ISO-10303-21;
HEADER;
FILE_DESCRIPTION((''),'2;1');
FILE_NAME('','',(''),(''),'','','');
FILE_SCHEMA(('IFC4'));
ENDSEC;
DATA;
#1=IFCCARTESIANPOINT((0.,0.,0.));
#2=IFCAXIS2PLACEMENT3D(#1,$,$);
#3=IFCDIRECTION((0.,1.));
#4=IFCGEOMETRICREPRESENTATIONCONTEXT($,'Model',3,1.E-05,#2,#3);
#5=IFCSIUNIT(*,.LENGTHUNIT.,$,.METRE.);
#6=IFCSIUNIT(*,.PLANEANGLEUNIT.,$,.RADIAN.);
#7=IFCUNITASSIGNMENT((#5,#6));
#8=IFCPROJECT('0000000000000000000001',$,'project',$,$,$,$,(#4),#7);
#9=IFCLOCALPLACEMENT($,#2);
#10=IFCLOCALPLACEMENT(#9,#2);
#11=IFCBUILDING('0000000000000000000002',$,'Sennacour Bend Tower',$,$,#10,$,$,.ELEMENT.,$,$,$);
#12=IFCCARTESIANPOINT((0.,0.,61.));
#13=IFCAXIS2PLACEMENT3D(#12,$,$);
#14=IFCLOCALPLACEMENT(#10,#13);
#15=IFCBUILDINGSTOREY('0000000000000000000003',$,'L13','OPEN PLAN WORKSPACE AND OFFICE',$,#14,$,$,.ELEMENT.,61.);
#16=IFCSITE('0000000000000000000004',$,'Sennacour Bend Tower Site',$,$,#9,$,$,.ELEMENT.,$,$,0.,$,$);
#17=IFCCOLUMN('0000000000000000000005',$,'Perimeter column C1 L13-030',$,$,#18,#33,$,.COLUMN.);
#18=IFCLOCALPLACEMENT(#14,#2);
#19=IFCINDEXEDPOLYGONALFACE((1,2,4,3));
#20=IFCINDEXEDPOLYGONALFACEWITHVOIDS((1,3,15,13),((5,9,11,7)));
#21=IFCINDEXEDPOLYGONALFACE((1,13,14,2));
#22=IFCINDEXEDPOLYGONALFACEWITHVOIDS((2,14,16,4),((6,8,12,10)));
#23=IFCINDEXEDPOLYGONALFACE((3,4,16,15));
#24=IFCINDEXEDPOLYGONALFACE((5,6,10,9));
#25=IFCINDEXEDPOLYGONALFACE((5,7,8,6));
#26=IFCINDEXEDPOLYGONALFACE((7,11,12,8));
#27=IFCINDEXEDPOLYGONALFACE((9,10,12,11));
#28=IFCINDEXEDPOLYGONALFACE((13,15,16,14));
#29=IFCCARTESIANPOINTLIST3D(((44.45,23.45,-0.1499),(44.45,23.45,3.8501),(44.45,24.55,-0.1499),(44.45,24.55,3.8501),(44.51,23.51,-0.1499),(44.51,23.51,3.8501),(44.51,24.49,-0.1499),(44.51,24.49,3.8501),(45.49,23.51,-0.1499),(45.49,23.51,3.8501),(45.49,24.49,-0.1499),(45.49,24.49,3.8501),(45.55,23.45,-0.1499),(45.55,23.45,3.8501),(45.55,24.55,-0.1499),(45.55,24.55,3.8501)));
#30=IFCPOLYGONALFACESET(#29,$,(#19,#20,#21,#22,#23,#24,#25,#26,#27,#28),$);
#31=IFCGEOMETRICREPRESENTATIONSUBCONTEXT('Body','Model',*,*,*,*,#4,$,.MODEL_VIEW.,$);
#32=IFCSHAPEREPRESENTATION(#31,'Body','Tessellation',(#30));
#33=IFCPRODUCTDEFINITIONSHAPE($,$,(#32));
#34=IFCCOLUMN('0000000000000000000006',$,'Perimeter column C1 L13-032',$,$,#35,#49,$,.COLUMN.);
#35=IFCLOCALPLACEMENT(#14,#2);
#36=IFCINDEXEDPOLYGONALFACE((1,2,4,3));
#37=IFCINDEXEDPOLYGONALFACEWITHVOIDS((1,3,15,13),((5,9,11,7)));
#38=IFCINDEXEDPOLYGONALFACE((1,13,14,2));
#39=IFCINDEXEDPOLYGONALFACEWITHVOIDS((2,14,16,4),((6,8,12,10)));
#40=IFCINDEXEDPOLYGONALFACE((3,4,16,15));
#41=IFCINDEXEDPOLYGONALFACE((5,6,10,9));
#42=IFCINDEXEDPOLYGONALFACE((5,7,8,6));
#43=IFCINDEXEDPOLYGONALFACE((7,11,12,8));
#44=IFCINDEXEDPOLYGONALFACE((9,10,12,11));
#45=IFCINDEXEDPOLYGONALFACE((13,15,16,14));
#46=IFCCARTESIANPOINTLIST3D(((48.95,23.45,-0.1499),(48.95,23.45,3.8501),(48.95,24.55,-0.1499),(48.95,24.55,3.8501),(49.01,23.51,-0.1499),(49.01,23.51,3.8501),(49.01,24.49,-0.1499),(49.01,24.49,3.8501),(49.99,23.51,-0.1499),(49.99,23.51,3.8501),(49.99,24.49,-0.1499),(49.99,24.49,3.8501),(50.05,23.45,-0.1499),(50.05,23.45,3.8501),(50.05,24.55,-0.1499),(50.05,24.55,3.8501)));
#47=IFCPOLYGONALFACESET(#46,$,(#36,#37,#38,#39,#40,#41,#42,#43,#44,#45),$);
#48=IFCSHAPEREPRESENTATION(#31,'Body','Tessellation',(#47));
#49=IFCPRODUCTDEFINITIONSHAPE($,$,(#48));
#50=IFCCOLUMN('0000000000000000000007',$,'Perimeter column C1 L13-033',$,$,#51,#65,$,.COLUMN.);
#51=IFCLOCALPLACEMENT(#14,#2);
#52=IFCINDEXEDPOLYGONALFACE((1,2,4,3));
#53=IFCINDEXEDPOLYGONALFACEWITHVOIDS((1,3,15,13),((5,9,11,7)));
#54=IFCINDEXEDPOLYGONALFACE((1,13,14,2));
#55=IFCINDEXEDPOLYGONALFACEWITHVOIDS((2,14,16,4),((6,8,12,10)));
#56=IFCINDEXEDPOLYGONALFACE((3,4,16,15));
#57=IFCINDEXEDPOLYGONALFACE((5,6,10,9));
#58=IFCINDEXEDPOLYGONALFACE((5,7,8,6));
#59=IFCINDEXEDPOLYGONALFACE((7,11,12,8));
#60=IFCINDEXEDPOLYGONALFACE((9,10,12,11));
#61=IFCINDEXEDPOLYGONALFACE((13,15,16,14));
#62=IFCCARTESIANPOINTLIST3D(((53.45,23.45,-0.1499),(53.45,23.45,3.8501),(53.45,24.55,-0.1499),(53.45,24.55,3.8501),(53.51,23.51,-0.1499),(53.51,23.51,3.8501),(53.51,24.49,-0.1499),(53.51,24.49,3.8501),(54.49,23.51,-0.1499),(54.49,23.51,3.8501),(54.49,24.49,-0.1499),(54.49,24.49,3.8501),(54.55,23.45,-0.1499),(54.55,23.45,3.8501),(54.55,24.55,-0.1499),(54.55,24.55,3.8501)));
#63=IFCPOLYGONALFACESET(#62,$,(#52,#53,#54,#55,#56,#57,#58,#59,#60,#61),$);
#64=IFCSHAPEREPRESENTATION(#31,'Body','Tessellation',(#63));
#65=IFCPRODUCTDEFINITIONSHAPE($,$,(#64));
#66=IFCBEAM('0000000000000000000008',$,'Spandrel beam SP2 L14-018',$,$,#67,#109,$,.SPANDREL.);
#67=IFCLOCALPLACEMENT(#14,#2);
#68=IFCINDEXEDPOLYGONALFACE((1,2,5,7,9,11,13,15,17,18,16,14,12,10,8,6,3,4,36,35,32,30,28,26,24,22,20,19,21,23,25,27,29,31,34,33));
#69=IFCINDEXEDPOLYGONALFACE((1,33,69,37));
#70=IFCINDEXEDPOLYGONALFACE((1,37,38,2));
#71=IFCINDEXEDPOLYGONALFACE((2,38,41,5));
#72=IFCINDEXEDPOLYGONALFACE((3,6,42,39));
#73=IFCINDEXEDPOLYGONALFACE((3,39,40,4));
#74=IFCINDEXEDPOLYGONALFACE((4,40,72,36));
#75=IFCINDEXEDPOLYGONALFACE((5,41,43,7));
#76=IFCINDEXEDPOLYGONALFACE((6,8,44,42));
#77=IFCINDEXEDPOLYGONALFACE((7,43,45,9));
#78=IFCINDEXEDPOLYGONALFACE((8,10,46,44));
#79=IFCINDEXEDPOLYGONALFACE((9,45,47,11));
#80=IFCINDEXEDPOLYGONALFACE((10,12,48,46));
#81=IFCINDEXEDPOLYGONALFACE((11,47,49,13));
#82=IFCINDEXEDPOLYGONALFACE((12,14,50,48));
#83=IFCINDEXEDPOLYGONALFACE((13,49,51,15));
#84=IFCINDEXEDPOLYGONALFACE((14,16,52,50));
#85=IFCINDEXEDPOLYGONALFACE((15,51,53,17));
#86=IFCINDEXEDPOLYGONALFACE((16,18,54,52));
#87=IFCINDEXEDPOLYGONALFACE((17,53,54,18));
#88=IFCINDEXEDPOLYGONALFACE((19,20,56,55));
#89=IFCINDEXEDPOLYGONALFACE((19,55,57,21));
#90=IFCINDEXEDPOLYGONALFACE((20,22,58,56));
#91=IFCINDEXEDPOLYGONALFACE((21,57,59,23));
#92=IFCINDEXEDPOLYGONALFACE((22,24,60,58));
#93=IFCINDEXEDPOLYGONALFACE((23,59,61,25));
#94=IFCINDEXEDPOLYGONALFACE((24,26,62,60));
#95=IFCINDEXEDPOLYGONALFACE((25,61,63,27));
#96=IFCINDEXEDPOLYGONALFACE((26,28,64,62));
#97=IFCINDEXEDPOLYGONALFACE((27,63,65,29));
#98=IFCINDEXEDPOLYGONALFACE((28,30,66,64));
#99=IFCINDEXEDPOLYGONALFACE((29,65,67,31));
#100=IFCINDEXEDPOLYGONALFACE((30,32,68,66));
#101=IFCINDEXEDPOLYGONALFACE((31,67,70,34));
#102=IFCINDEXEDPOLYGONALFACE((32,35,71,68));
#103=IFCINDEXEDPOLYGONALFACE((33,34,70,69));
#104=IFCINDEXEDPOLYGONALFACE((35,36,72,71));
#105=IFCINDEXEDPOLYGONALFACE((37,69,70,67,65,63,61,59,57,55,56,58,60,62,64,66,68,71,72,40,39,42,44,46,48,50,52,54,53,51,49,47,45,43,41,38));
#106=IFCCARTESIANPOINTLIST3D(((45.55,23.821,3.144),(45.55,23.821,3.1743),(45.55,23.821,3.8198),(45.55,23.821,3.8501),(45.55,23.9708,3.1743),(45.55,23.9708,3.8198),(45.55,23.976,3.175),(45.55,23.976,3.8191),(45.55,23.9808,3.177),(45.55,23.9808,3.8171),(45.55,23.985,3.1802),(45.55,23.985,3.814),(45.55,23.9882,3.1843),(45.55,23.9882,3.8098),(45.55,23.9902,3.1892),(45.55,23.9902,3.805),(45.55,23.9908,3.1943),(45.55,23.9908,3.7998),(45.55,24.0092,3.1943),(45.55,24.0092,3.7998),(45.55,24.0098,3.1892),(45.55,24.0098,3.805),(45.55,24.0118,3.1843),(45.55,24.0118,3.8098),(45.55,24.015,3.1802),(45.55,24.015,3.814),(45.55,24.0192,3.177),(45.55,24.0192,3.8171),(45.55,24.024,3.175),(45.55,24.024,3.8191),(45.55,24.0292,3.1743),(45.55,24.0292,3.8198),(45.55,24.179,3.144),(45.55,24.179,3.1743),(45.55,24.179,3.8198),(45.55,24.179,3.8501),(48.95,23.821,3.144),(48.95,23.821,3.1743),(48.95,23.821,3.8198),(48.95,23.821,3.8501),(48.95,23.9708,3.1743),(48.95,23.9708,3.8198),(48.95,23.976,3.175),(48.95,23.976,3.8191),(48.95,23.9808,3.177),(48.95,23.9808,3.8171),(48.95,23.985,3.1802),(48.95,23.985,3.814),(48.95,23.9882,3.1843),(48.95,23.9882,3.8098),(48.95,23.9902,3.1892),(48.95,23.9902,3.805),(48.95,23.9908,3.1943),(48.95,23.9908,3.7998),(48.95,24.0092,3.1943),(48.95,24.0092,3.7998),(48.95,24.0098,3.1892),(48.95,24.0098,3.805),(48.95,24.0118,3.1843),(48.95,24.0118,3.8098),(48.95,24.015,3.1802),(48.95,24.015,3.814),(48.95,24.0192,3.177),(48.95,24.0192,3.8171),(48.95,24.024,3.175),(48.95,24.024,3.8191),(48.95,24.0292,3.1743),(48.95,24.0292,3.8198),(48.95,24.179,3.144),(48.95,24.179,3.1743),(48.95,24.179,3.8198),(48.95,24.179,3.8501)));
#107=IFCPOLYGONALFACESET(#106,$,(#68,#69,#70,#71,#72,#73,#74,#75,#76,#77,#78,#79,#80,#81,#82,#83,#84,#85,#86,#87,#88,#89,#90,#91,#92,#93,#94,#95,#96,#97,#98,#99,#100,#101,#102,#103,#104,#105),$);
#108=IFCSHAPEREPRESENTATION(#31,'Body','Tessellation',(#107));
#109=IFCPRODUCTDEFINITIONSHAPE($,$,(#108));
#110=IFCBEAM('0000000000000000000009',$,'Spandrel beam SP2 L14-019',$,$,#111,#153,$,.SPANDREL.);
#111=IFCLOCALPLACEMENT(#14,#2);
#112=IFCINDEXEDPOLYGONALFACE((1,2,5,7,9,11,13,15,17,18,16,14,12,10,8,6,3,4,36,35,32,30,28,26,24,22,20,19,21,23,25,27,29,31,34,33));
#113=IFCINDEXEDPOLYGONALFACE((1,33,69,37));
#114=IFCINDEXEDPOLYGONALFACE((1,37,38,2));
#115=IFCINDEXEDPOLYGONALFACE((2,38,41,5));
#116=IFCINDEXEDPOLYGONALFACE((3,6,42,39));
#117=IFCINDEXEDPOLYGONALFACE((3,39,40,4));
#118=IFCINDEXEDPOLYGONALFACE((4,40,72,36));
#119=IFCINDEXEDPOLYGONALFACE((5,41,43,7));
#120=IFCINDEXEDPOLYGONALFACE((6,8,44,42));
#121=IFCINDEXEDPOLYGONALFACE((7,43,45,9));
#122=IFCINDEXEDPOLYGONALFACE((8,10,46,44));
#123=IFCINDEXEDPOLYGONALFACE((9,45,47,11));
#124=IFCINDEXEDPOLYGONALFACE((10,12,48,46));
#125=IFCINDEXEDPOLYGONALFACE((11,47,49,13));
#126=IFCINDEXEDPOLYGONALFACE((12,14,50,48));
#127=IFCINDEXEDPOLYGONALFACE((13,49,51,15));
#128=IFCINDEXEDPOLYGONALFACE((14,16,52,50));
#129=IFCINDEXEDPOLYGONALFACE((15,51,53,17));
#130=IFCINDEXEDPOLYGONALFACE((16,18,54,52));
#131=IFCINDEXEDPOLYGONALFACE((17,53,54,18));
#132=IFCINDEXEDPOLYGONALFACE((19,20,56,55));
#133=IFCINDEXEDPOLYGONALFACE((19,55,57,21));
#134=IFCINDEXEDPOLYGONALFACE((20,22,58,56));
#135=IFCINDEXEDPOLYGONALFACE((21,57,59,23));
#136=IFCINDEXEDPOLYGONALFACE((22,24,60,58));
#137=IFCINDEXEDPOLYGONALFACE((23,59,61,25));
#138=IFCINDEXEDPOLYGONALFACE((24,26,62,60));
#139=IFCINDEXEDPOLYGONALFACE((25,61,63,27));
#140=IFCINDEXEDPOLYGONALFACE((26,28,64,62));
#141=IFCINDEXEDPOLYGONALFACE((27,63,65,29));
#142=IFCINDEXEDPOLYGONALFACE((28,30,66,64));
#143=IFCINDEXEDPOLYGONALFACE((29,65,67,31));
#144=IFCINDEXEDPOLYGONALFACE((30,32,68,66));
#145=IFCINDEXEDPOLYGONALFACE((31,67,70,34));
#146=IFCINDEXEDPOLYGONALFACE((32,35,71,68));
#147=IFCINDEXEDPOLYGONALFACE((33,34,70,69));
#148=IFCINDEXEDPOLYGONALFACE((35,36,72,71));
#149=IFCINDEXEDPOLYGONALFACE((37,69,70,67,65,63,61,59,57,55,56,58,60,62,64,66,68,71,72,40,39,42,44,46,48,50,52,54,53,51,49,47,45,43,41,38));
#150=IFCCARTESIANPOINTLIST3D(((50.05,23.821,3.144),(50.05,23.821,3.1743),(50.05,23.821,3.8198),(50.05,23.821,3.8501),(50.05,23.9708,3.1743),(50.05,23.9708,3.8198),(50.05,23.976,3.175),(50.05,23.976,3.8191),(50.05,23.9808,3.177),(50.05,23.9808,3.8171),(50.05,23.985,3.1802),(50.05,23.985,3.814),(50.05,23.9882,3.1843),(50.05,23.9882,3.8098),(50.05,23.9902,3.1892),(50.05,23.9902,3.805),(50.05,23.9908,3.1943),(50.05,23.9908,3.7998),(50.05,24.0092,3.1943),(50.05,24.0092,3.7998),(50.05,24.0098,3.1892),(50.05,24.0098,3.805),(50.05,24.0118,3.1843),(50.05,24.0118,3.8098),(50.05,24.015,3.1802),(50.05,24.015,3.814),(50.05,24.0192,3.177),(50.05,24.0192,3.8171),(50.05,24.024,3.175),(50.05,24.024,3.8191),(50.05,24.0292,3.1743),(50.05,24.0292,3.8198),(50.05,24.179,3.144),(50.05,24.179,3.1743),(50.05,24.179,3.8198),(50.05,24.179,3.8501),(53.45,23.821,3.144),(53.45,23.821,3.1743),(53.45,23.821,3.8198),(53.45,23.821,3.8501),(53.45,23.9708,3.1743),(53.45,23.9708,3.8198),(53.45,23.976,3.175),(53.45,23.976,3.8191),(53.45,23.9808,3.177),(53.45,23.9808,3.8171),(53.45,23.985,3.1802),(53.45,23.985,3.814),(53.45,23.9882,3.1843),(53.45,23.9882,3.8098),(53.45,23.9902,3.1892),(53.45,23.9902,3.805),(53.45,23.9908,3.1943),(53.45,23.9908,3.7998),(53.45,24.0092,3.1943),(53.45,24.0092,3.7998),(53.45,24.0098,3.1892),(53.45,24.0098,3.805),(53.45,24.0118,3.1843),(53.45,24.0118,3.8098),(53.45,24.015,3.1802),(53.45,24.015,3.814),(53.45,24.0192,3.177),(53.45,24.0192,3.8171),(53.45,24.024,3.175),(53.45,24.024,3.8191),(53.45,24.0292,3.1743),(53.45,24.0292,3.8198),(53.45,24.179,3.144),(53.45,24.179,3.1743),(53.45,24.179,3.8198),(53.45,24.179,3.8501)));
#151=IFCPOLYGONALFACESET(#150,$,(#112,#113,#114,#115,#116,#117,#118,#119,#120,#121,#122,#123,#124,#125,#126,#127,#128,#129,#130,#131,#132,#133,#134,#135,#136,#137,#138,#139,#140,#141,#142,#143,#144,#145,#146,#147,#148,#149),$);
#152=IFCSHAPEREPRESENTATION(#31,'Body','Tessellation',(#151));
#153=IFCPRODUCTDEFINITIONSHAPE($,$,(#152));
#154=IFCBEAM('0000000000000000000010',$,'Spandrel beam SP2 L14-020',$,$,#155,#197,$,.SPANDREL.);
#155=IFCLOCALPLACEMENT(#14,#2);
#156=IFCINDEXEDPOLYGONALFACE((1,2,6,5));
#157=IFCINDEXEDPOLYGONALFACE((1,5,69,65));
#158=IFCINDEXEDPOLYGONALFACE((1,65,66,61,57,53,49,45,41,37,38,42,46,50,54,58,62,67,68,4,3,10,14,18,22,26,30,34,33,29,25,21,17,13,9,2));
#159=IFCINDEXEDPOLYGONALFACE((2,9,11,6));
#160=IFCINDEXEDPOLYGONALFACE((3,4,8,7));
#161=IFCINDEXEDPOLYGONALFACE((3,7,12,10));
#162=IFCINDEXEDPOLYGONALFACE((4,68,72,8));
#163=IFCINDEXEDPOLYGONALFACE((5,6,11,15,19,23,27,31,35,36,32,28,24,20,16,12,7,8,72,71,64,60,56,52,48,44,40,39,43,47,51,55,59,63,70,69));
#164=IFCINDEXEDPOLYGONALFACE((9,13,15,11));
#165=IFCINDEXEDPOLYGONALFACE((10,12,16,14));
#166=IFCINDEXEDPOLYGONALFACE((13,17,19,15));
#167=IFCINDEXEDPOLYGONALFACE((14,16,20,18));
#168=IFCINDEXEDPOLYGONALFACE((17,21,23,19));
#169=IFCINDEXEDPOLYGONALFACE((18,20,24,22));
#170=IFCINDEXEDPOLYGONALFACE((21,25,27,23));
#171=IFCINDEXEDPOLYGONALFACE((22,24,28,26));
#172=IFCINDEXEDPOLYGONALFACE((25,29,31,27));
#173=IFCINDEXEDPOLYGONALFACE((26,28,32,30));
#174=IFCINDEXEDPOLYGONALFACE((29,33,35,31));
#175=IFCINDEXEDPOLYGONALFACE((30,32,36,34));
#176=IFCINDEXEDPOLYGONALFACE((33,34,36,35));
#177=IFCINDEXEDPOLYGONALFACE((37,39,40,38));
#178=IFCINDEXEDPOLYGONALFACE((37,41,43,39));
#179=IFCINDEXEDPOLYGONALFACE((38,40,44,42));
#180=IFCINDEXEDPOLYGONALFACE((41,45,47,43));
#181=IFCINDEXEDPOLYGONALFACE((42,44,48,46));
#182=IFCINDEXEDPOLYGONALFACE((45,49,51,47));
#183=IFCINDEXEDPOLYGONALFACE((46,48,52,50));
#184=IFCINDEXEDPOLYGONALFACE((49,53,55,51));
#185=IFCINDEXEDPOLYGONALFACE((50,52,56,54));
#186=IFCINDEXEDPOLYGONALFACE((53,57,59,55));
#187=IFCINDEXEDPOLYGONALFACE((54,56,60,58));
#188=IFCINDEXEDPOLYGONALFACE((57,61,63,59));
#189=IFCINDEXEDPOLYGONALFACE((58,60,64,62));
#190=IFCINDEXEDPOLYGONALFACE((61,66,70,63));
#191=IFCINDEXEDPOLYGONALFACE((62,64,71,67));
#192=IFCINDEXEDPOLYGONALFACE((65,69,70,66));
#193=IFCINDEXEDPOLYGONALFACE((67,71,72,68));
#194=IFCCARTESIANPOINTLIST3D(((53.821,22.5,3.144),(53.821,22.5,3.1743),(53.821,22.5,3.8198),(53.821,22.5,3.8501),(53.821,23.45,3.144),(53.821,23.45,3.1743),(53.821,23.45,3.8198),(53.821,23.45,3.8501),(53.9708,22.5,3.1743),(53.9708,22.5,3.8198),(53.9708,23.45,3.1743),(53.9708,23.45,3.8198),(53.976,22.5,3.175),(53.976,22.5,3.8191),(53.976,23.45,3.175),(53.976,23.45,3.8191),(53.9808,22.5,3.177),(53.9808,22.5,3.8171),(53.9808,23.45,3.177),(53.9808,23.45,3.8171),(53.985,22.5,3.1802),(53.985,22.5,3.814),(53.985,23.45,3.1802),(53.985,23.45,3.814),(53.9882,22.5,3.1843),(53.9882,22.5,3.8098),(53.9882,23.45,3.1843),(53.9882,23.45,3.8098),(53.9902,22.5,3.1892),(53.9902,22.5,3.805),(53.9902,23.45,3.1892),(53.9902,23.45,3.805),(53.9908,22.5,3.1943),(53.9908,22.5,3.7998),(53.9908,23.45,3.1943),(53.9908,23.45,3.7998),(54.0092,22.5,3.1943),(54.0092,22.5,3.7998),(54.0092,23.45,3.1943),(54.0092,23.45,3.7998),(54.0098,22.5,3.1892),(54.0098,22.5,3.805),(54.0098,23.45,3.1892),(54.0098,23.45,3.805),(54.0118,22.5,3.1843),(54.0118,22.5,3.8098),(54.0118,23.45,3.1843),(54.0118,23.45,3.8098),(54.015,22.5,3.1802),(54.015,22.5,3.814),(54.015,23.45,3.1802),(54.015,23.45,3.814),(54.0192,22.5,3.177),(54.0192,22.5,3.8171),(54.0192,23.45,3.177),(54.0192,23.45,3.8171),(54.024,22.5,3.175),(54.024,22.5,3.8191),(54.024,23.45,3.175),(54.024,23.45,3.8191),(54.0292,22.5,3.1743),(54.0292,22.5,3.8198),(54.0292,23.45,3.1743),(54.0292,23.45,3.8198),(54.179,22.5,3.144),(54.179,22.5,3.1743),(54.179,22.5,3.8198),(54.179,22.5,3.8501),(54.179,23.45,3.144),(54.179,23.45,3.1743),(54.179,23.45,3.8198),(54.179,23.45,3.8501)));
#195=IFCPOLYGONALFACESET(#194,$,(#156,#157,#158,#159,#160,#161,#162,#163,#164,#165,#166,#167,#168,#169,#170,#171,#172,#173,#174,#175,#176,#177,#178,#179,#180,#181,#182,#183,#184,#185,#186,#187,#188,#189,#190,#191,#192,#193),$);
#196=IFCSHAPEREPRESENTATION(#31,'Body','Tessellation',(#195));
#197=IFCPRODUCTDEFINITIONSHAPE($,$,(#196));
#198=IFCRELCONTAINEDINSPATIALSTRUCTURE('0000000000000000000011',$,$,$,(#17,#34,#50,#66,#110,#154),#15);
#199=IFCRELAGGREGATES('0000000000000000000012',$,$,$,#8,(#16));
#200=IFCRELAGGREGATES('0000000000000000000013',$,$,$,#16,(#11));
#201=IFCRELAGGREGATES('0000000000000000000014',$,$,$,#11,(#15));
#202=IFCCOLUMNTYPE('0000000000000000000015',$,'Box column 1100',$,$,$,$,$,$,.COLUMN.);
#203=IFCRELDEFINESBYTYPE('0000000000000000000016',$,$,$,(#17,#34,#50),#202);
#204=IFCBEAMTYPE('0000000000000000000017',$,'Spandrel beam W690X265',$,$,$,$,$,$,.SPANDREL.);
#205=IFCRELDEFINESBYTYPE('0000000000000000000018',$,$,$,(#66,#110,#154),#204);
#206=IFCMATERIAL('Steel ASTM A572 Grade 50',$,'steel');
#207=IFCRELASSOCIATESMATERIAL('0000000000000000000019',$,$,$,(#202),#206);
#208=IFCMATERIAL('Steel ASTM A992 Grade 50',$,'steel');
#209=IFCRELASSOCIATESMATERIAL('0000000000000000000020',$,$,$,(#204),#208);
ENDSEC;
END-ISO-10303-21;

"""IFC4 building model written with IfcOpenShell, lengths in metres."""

from ifc_helpers import new_model, si_unit, direction, frame, origin, origin_2d, place, context, subcontext, project, spatial, hollow_rectangle, i_section, extrude, material, material_profile, profile_set, type_object, element, save


model = new_model("IFC4")

# Units and contexts
model_context = context("Model", 3, precision=1e-05, world=origin(), true_north=direction((0.0, 1.0)))
body_context = subcontext(model_context, "Body", "Model", "MODEL_VIEW")
ifc_project = project(units=[si_unit("LENGTHUNIT", "METRE"), si_unit("PLANEANGLEUNIT", "RADIAN")], contexts=[model_context])

# Site, building, storey
site_placement = place(None, origin())
site = spatial("IfcSite", under=ifc_project, at=site_placement, Name="Sennacour Bend Tower Site", CompositionType="ELEMENT", RefElevation=0.0)
building_placement = place(site_placement, origin())
building = spatial("IfcBuilding", under=site, at=building_placement, Name="Sennacour Bend Tower", CompositionType="ELEMENT")
storey_placement = place(building_placement, frame((0.0, 0.0, 61.0)))
storey = spatial("IfcBuildingStorey", under=building, at=storey_placement, Name="L13", Description="OPEN PLAN WORKSPACE AND OFFICE", CompositionType="ELEMENT", Elevation=61.0)

# Columns
ifc_material_1 = material(Name="Steel ASTM A572 Grade 50", Category="steel")
ifc_material_profile_1 = material_profile(ifc_material_1, hollow_rectangle(XDim=1.1001, YDim=1.1001, WallThickness=0.0601, at=origin_2d()), Name="Steel ASTM A572 Grade 50", Category="steel")
ifc_profile_set_1 = profile_set([ifc_material_profile_1], Name="Steel ASTM A572 Grade 50")
column_type = type_object("IfcColumnType", Name="Box column 1100", PredefinedType="COLUMN", material=ifc_profile_set_1)
for number, where, z_axis, x_axis, name in (
    (1, (45.0, 24.0, -0.1499), (0.0, 0.0, 1.0), (1.0, 0.0, 0.0), "Perimeter column C1 L13-030"),
    (2, (49.5, 24.0, -0.1499), (0.0, 0.0, 1.0), (1.0, 0.0, 0.0), "Perimeter column C1 L13-032"),
    (3, (54.0, 24.0, -0.1499), (0.0, 0.0, 1.0), (1.0, 0.0, 0.0), "Perimeter column C1 L13-033"),
):
    element("IfcColumn", number, at=place(storey_placement, frame(where, z_axis=z_axis, x_axis=x_axis)), inside=storey, type_object=column_type, Name=name, PredefinedType="COLUMN", context=body_context, shape_type="SweptSolid", body=[
        extrude(hollow_rectangle(XDim=1.1001, YDim=1.1001, WallThickness=0.0601, at=origin_2d()), origin(), (0.0, 0.0, 1.0), 4.0),
    ])

# Beams
ifc_material_2 = material(Name="Steel ASTM A992 Grade 50", Category="steel")
ifc_material_profile_2 = material_profile(ifc_material_2, i_section(OverallWidth=0.3579, OverallDepth=0.7061, WebThickness=0.0183, FlangeThickness=0.0303, FilletRadius=0.02, at=origin_2d()), Name="Steel ASTM A992 Grade 50", Category="steel")
ifc_profile_set_2 = profile_set([ifc_material_profile_2], Name="Steel ASTM A992 Grade 50")
beam_type = type_object("IfcBeamType", Name="Spandrel beam W690X265", PredefinedType="SPANDREL", material=ifc_profile_set_2)
for number, where, z_axis, x_axis, name in (
    (4, (45.55, 24.0, 3.4971), (1.0, 0.0, 0.0), (0.0, 1.0, 0.0), "Spandrel beam SP2 L14-018"),
    (5, (50.05, 24.0, 3.4971), (1.0, 0.0, 0.0), (0.0, 1.0, 0.0), "Spandrel beam SP2 L14-019"),
):
    element("IfcBeam", number, at=place(storey_placement, frame(where, z_axis=z_axis, x_axis=x_axis)), inside=storey, type_object=beam_type, Name=name, PredefinedType="SPANDREL", context=body_context, shape_type="SweptSolid", body=[
        extrude(i_section(OverallWidth=0.3579, OverallDepth=0.7061, WebThickness=0.0183, FlangeThickness=0.0303, FilletRadius=0.02, at=origin_2d()), origin(), (0.0, 0.0, 1.0), 3.3999),
    ])
beam_placement = place(storey_placement, frame((54.0, 23.45, 3.4971), z_axis=(0.0, -1.0, 0.0), x_axis=(1.0, 0.0, 0.0)))
element("IfcBeam", 6, at=beam_placement, inside=storey, type_object=beam_type, Name="Spandrel beam SP2 L14-020", PredefinedType="SPANDREL", context=body_context, shape_type="SweptSolid", body=[
    extrude(i_section(OverallWidth=0.3579, OverallDepth=0.7061, WebThickness=0.0183, FlangeThickness=0.0303, FilletRadius=0.02, at=origin_2d()), origin(), (0.0, 0.0, 1.0), 0.95),
])

save(model, "model.ifc")
